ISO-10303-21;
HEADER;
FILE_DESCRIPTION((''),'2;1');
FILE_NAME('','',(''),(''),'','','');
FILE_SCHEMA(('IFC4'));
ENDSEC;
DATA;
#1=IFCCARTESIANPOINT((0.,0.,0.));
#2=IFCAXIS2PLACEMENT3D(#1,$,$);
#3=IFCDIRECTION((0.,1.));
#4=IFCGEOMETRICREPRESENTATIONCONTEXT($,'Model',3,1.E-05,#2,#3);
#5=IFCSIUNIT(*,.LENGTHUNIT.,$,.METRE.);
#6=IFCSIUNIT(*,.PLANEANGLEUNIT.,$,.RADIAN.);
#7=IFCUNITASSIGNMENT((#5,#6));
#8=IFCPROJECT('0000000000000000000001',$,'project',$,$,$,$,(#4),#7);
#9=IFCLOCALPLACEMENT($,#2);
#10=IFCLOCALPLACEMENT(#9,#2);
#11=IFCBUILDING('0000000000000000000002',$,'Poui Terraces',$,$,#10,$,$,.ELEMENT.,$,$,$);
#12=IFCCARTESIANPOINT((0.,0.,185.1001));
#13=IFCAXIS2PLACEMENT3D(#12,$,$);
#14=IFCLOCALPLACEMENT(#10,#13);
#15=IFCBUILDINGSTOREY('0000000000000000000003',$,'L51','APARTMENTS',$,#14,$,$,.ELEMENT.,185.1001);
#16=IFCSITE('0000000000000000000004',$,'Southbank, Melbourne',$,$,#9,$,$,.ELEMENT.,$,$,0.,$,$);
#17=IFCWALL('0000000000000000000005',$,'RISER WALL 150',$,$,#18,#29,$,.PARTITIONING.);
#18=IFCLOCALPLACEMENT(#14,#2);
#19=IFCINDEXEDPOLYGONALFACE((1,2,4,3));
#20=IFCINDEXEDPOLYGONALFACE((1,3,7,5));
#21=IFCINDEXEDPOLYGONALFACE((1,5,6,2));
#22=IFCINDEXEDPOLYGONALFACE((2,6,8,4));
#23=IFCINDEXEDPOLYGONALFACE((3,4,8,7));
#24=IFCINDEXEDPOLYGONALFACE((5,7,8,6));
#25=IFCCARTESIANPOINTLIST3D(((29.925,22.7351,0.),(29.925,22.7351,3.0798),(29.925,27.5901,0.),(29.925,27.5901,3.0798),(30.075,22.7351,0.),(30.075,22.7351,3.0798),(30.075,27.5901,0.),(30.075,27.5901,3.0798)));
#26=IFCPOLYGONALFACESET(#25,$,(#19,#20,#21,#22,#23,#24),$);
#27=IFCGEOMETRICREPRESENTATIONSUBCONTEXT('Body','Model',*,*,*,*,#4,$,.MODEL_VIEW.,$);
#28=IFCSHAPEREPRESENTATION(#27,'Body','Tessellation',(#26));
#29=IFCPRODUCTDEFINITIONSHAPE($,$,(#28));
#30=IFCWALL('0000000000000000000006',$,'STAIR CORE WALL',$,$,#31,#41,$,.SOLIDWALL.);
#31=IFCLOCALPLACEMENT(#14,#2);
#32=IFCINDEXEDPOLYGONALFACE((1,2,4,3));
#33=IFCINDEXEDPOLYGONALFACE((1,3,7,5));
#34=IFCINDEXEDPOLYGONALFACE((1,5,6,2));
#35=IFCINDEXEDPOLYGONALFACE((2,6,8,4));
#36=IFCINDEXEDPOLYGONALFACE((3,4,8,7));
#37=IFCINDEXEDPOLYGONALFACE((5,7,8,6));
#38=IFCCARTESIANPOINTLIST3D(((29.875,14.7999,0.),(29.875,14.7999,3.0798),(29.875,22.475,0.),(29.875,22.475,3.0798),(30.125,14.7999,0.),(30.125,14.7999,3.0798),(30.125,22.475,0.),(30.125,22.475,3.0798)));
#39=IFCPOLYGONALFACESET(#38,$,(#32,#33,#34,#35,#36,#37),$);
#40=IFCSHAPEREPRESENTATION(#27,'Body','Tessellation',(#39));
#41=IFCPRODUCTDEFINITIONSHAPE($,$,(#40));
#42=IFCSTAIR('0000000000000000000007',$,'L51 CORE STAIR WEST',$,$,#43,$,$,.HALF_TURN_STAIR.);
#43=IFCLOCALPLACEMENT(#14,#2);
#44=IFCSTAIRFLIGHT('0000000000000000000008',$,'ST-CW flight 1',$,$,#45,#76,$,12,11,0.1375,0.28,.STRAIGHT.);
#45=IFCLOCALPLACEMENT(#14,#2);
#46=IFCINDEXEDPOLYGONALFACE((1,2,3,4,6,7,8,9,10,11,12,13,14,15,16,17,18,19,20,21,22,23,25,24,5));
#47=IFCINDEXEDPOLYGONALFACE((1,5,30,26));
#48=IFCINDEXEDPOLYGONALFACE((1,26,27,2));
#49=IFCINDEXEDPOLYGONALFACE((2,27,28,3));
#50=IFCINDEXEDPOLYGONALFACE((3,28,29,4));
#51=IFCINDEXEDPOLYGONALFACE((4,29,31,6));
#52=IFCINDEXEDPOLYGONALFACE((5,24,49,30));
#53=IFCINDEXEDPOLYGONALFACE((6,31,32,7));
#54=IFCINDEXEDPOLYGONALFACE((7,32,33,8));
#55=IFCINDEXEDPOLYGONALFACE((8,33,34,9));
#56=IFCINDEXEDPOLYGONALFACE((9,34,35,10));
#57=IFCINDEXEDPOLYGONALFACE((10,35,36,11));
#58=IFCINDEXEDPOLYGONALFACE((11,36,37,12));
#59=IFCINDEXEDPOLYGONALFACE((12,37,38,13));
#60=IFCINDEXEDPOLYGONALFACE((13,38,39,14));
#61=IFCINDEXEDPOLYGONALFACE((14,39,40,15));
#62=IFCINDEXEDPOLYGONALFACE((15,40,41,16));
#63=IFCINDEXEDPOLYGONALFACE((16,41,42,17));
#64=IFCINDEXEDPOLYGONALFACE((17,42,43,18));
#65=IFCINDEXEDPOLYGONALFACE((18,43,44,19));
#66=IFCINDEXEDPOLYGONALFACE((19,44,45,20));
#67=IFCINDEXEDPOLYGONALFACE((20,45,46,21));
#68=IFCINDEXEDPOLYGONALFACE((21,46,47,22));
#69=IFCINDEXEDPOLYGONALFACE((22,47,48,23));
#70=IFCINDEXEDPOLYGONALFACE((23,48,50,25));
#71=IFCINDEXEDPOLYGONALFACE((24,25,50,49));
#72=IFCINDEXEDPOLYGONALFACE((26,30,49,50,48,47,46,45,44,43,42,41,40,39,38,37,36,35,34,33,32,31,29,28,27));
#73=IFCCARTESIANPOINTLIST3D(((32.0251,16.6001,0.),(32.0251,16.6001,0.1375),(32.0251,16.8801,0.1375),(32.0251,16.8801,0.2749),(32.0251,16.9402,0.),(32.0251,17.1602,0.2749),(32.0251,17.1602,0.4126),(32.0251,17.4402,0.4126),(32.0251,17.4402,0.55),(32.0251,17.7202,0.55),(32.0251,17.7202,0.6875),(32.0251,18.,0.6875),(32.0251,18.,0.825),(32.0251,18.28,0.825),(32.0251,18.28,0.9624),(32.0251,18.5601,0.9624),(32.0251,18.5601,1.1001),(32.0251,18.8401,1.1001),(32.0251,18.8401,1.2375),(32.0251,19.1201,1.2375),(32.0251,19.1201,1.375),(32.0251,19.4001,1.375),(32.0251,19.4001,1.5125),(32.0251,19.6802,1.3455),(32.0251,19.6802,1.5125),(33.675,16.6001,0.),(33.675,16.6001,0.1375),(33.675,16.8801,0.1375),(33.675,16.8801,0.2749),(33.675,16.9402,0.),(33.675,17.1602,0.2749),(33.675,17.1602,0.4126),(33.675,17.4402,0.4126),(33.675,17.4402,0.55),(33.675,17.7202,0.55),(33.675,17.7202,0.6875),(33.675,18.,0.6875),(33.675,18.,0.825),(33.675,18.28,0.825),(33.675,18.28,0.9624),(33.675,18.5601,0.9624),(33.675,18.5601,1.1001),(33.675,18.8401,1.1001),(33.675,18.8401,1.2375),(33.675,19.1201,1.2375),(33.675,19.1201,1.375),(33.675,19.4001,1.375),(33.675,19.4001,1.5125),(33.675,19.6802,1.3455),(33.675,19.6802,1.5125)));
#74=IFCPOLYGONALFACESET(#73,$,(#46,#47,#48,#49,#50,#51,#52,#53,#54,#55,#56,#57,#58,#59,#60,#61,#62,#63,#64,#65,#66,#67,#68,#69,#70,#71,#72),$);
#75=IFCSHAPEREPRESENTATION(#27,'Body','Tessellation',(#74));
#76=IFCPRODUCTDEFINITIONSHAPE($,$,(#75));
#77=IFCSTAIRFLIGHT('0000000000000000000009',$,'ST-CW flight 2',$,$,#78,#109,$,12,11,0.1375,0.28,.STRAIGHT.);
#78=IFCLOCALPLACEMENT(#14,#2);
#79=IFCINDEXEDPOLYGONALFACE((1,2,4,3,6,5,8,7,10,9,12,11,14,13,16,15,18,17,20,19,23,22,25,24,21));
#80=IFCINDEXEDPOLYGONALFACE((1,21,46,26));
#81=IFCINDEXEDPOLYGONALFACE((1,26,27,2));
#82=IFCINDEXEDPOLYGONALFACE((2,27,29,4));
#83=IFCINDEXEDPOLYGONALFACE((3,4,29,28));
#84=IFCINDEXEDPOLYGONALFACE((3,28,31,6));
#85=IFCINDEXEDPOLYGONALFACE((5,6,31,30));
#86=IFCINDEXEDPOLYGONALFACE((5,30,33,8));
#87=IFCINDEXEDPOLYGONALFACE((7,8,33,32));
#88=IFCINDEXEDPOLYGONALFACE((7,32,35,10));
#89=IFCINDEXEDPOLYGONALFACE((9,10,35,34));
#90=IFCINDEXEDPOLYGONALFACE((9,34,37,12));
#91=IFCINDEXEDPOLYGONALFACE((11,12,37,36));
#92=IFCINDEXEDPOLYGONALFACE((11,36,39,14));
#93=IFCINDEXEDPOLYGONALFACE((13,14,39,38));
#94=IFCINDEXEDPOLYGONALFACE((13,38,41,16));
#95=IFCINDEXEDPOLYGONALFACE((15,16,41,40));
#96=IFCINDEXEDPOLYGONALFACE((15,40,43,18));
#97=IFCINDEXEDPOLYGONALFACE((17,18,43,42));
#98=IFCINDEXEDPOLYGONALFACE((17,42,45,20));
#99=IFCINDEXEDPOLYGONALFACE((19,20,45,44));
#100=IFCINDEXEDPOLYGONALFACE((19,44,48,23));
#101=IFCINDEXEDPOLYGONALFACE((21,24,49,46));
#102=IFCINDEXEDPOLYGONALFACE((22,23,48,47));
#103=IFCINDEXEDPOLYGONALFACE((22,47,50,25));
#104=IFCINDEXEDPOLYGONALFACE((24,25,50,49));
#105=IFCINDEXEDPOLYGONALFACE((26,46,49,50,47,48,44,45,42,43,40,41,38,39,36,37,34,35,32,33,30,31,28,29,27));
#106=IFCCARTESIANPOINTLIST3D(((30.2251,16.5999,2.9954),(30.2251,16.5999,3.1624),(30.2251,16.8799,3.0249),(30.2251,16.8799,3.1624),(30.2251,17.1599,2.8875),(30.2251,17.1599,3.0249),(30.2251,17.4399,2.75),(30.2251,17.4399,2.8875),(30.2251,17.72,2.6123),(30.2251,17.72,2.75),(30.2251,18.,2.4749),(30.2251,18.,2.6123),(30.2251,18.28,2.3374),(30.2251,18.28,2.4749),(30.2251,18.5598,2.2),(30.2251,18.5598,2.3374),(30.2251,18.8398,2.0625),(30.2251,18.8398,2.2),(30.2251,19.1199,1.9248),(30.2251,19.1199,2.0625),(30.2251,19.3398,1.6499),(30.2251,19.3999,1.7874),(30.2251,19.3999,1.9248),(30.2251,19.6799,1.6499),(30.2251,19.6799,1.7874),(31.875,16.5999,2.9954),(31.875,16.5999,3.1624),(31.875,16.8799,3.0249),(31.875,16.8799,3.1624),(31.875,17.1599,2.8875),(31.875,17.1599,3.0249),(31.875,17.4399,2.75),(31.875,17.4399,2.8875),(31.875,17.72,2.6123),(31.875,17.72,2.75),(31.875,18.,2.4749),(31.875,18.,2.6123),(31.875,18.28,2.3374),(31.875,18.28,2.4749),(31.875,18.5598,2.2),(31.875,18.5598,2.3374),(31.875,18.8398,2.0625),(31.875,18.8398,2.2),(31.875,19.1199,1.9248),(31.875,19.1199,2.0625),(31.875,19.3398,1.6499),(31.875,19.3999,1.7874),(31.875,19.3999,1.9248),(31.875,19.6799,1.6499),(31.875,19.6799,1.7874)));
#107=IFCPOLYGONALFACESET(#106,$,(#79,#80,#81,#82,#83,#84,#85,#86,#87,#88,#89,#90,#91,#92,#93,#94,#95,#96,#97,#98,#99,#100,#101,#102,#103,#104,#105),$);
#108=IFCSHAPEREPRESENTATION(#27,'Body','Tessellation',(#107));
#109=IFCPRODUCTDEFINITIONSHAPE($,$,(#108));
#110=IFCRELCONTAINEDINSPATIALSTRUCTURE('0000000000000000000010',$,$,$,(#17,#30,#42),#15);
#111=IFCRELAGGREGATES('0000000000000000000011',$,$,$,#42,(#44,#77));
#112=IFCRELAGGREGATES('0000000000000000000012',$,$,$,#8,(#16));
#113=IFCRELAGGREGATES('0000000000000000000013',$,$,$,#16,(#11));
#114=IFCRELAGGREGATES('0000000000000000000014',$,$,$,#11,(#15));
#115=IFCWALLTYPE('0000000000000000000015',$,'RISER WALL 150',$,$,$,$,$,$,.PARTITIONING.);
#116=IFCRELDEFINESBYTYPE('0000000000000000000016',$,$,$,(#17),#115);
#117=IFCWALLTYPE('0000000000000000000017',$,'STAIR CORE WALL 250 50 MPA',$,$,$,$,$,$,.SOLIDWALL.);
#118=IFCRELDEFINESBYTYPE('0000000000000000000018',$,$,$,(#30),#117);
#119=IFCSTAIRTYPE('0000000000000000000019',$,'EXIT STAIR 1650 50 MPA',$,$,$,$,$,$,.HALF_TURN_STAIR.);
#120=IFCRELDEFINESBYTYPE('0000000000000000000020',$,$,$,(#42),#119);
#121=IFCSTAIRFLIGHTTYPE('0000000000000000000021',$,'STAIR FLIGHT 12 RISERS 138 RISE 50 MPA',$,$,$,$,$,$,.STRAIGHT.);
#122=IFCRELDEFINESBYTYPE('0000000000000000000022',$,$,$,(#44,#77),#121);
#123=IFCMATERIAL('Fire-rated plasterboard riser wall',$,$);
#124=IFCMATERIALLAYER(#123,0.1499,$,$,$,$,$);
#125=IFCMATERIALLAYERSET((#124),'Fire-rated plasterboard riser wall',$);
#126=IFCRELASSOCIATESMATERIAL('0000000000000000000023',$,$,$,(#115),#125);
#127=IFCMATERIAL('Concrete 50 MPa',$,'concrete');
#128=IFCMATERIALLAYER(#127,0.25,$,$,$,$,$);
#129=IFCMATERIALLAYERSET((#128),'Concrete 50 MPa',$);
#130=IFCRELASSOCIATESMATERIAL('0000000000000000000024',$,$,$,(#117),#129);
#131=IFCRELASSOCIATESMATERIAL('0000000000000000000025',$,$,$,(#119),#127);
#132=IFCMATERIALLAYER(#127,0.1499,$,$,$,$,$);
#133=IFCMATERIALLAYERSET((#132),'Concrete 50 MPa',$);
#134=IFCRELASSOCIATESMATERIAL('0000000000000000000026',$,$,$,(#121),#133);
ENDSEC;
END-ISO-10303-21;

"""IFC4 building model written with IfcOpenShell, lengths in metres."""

from ifc_helpers import new_model, si_unit, direction, frame, frame_2d, origin, place, context, subcontext, project, spatial, polyline, rectangle, outline, extrude, material, layer, layer_set, type_object, element, aggregate, save


model = new_model("IFC4")

# Units and contexts
model_context = context("Model", 3, precision=1e-05, world=origin(), true_north=direction((0.0, 1.0)))
body_context = subcontext(model_context, "Body", "Model", "MODEL_VIEW")
ifc_project = project(units=[si_unit("LENGTHUNIT", "METRE"), si_unit("PLANEANGLEUNIT", "RADIAN")], contexts=[model_context])

# Site, building, storey
site_placement = place(None, origin())
site = spatial("IfcSite", under=ifc_project, at=site_placement, Name="Southbank, Melbourne", CompositionType="ELEMENT", RefElevation=0.0)
building_placement = place(site_placement, origin())
building = spatial("IfcBuilding", under=site, at=building_placement, Name="Poui Terraces", CompositionType="ELEMENT")
storey_placement = place(building_placement, frame((0.0, 0.0, 185.1001)))
storey = spatial("IfcBuildingStorey", under=building, at=storey_placement, Name="L51", Description="APARTMENTS", CompositionType="ELEMENT", Elevation=185.1001)

# Walls
ifc_material_1 = material(Name="Fire-rated plasterboard riser wall")
ifc_layer_1 = layer(ifc_material_1, 0.1499)
ifc_layer_set_1 = layer_set([ifc_layer_1], Name="Fire-rated plasterboard riser wall")
wall_type_1 = type_object("IfcWallType", Name="RISER WALL 150", PredefinedType="PARTITIONING", material=ifc_layer_set_1)
wall_1_placement = place(storey_placement, frame((30.0, 22.7351, 0.0), z_axis=(0.0, 0.0, 1.0), x_axis=(0.0, 1.0, 0.0)))
element("IfcWall", 1, at=wall_1_placement, inside=storey, type_object=wall_type_1, Name="RISER WALL 150", PredefinedType="PARTITIONING", context=body_context, shape_type="SweptSolid", body=[
    extrude(rectangle(XDim=4.855, YDim=0.1499, at=frame_2d((2.4275, 0.0))), origin(), (0.0, 0.0, 1.0), 3.0798),
])
ifc_material_2 = material(Name="Concrete 50 MPa", Category="concrete")
ifc_layer_2 = layer(ifc_material_2, 0.25)
ifc_layer_set_2 = layer_set([ifc_layer_2], Name="Concrete 50 MPa")
wall_type_2 = type_object("IfcWallType", Name="STAIR CORE WALL 250 50 MPA", PredefinedType="SOLIDWALL", material=ifc_layer_set_2)
wall_2_placement = place(storey_placement, frame((30.0, 14.8, 0.0), z_axis=(0.0, 0.0, 1.0), x_axis=(0.0, 1.0, 0.0)))
element("IfcWall", 2, at=wall_2_placement, inside=storey, type_object=wall_type_2, Name="STAIR CORE WALL", PredefinedType="SOLIDWALL", context=body_context, shape_type="SweptSolid", body=[
    extrude(rectangle(XDim=7.675, YDim=0.25, at=frame_2d((3.8374, 0.0))), origin(), (0.0, 0.0, 1.0), 3.0798),
])

# Stair, stair flights
stair_type = type_object("IfcStairType", Name="EXIT STAIR 1650 50 MPA", PredefinedType="HALF_TURN_STAIR", material=ifc_material_2)
stair_placement = place(storey_placement, origin())
stair = element("IfcStair", 3, at=stair_placement, inside=storey, type_object=stair_type, Name="L51 CORE STAIR WEST", PredefinedType="HALF_TURN_STAIR")
ifc_layer_3 = layer(ifc_material_2, 0.1499)
ifc_layer_set_3 = layer_set([ifc_layer_3], Name="Concrete 50 MPa")
stair_flight_type = type_object("IfcStairFlightType", Name="STAIR FLIGHT 12 RISERS 138 RISE 50 MPA", PredefinedType="STRAIGHT", material=ifc_layer_set_3)
stair_flight_1_placement = place(storey_placement, frame((32.8501, 16.6001, 0.0), z_axis=(0.0, 0.0, 1.0), x_axis=(0.0, 1.0, 0.0)))
stair_flight_1 = element("IfcStairFlight", 4, at=stair_flight_1_placement, type_object=stair_flight_type, Name="ST-CW flight 1", NumberOfRisers=12, NumberOfTreads=11, PredefinedType="STRAIGHT", RiserHeight=0.1375, TreadLength=0.28, context=body_context, shape_type="SweptSolid", body=[
    extrude(outline(polyline([(0.0, 0.0), (0.0, 0.1375), (0.28, 0.1375), (0.28, 0.2749), (0.5601, 0.2749), (0.5601, 0.4126), (0.8401, 0.4126), (0.8401, 0.55), (1.1201, 0.55), (1.1201, 0.6875), (1.3999, 0.6875), (1.3999, 0.825), (1.6799, 0.825), (1.6799, 0.9624), (1.96, 0.9624), (1.96, 1.1001), (2.24, 1.1001), (2.24, 1.2375), (2.52, 1.2375), (2.52, 1.375), (2.8, 1.375), (2.8, 1.5125), (3.0801, 1.5125), (3.0801, 1.6499), (3.0801, 1.3455), (0.3401, 0.0), (0.0, 0.0)])), frame((0.0, 0.825, 0.0), z_axis=(0.0, -1.0, 0.0), x_axis=(1.0, 0.0, 0.0)), (0.0, 0.0, 1.0), 1.6499),
])
stair_flight_2_placement = place(storey_placement, frame((31.05, 19.6799, 1.6499), z_axis=(0.0, 0.0, 1.0), x_axis=(0.0, -1.0, 0.0)))
stair_flight_2 = element("IfcStairFlight", 5, at=stair_flight_2_placement, type_object=stair_flight_type, Name="ST-CW flight 2", NumberOfRisers=12, NumberOfTreads=11, PredefinedType="STRAIGHT", RiserHeight=0.1375, TreadLength=0.28, context=body_context, shape_type="SweptSolid", body=[
    extrude(outline(polyline([(0.0, 0.0), (0.0, 0.1375), (0.28, 0.1375), (0.28, 0.2749), (0.5601, 0.2749), (0.5601, 0.4126), (0.8401, 0.4126), (0.8401, 0.55), (1.1201, 0.55), (1.1201, 0.6875), (1.3999, 0.6875), (1.3999, 0.825), (1.6799, 0.825), (1.6799, 0.9624), (1.96, 0.9624), (1.96, 1.1001), (2.24, 1.1001), (2.24, 1.2375), (2.52, 1.2375), (2.52, 1.375), (2.8, 1.375), (2.8, 1.5125), (3.0801, 1.5125), (3.0801, 1.6499), (3.0801, 1.3455), (0.3401, 0.0), (0.0, 0.0)])), frame((0.0, 0.825, 0.0), z_axis=(0.0, -1.0, 0.0), x_axis=(1.0, 0.0, 0.0)), (0.0, 0.0, 1.0), 1.6499),
])
aggregate(stair, [stair_flight_1, stair_flight_2])

save(model, "model.ifc")
